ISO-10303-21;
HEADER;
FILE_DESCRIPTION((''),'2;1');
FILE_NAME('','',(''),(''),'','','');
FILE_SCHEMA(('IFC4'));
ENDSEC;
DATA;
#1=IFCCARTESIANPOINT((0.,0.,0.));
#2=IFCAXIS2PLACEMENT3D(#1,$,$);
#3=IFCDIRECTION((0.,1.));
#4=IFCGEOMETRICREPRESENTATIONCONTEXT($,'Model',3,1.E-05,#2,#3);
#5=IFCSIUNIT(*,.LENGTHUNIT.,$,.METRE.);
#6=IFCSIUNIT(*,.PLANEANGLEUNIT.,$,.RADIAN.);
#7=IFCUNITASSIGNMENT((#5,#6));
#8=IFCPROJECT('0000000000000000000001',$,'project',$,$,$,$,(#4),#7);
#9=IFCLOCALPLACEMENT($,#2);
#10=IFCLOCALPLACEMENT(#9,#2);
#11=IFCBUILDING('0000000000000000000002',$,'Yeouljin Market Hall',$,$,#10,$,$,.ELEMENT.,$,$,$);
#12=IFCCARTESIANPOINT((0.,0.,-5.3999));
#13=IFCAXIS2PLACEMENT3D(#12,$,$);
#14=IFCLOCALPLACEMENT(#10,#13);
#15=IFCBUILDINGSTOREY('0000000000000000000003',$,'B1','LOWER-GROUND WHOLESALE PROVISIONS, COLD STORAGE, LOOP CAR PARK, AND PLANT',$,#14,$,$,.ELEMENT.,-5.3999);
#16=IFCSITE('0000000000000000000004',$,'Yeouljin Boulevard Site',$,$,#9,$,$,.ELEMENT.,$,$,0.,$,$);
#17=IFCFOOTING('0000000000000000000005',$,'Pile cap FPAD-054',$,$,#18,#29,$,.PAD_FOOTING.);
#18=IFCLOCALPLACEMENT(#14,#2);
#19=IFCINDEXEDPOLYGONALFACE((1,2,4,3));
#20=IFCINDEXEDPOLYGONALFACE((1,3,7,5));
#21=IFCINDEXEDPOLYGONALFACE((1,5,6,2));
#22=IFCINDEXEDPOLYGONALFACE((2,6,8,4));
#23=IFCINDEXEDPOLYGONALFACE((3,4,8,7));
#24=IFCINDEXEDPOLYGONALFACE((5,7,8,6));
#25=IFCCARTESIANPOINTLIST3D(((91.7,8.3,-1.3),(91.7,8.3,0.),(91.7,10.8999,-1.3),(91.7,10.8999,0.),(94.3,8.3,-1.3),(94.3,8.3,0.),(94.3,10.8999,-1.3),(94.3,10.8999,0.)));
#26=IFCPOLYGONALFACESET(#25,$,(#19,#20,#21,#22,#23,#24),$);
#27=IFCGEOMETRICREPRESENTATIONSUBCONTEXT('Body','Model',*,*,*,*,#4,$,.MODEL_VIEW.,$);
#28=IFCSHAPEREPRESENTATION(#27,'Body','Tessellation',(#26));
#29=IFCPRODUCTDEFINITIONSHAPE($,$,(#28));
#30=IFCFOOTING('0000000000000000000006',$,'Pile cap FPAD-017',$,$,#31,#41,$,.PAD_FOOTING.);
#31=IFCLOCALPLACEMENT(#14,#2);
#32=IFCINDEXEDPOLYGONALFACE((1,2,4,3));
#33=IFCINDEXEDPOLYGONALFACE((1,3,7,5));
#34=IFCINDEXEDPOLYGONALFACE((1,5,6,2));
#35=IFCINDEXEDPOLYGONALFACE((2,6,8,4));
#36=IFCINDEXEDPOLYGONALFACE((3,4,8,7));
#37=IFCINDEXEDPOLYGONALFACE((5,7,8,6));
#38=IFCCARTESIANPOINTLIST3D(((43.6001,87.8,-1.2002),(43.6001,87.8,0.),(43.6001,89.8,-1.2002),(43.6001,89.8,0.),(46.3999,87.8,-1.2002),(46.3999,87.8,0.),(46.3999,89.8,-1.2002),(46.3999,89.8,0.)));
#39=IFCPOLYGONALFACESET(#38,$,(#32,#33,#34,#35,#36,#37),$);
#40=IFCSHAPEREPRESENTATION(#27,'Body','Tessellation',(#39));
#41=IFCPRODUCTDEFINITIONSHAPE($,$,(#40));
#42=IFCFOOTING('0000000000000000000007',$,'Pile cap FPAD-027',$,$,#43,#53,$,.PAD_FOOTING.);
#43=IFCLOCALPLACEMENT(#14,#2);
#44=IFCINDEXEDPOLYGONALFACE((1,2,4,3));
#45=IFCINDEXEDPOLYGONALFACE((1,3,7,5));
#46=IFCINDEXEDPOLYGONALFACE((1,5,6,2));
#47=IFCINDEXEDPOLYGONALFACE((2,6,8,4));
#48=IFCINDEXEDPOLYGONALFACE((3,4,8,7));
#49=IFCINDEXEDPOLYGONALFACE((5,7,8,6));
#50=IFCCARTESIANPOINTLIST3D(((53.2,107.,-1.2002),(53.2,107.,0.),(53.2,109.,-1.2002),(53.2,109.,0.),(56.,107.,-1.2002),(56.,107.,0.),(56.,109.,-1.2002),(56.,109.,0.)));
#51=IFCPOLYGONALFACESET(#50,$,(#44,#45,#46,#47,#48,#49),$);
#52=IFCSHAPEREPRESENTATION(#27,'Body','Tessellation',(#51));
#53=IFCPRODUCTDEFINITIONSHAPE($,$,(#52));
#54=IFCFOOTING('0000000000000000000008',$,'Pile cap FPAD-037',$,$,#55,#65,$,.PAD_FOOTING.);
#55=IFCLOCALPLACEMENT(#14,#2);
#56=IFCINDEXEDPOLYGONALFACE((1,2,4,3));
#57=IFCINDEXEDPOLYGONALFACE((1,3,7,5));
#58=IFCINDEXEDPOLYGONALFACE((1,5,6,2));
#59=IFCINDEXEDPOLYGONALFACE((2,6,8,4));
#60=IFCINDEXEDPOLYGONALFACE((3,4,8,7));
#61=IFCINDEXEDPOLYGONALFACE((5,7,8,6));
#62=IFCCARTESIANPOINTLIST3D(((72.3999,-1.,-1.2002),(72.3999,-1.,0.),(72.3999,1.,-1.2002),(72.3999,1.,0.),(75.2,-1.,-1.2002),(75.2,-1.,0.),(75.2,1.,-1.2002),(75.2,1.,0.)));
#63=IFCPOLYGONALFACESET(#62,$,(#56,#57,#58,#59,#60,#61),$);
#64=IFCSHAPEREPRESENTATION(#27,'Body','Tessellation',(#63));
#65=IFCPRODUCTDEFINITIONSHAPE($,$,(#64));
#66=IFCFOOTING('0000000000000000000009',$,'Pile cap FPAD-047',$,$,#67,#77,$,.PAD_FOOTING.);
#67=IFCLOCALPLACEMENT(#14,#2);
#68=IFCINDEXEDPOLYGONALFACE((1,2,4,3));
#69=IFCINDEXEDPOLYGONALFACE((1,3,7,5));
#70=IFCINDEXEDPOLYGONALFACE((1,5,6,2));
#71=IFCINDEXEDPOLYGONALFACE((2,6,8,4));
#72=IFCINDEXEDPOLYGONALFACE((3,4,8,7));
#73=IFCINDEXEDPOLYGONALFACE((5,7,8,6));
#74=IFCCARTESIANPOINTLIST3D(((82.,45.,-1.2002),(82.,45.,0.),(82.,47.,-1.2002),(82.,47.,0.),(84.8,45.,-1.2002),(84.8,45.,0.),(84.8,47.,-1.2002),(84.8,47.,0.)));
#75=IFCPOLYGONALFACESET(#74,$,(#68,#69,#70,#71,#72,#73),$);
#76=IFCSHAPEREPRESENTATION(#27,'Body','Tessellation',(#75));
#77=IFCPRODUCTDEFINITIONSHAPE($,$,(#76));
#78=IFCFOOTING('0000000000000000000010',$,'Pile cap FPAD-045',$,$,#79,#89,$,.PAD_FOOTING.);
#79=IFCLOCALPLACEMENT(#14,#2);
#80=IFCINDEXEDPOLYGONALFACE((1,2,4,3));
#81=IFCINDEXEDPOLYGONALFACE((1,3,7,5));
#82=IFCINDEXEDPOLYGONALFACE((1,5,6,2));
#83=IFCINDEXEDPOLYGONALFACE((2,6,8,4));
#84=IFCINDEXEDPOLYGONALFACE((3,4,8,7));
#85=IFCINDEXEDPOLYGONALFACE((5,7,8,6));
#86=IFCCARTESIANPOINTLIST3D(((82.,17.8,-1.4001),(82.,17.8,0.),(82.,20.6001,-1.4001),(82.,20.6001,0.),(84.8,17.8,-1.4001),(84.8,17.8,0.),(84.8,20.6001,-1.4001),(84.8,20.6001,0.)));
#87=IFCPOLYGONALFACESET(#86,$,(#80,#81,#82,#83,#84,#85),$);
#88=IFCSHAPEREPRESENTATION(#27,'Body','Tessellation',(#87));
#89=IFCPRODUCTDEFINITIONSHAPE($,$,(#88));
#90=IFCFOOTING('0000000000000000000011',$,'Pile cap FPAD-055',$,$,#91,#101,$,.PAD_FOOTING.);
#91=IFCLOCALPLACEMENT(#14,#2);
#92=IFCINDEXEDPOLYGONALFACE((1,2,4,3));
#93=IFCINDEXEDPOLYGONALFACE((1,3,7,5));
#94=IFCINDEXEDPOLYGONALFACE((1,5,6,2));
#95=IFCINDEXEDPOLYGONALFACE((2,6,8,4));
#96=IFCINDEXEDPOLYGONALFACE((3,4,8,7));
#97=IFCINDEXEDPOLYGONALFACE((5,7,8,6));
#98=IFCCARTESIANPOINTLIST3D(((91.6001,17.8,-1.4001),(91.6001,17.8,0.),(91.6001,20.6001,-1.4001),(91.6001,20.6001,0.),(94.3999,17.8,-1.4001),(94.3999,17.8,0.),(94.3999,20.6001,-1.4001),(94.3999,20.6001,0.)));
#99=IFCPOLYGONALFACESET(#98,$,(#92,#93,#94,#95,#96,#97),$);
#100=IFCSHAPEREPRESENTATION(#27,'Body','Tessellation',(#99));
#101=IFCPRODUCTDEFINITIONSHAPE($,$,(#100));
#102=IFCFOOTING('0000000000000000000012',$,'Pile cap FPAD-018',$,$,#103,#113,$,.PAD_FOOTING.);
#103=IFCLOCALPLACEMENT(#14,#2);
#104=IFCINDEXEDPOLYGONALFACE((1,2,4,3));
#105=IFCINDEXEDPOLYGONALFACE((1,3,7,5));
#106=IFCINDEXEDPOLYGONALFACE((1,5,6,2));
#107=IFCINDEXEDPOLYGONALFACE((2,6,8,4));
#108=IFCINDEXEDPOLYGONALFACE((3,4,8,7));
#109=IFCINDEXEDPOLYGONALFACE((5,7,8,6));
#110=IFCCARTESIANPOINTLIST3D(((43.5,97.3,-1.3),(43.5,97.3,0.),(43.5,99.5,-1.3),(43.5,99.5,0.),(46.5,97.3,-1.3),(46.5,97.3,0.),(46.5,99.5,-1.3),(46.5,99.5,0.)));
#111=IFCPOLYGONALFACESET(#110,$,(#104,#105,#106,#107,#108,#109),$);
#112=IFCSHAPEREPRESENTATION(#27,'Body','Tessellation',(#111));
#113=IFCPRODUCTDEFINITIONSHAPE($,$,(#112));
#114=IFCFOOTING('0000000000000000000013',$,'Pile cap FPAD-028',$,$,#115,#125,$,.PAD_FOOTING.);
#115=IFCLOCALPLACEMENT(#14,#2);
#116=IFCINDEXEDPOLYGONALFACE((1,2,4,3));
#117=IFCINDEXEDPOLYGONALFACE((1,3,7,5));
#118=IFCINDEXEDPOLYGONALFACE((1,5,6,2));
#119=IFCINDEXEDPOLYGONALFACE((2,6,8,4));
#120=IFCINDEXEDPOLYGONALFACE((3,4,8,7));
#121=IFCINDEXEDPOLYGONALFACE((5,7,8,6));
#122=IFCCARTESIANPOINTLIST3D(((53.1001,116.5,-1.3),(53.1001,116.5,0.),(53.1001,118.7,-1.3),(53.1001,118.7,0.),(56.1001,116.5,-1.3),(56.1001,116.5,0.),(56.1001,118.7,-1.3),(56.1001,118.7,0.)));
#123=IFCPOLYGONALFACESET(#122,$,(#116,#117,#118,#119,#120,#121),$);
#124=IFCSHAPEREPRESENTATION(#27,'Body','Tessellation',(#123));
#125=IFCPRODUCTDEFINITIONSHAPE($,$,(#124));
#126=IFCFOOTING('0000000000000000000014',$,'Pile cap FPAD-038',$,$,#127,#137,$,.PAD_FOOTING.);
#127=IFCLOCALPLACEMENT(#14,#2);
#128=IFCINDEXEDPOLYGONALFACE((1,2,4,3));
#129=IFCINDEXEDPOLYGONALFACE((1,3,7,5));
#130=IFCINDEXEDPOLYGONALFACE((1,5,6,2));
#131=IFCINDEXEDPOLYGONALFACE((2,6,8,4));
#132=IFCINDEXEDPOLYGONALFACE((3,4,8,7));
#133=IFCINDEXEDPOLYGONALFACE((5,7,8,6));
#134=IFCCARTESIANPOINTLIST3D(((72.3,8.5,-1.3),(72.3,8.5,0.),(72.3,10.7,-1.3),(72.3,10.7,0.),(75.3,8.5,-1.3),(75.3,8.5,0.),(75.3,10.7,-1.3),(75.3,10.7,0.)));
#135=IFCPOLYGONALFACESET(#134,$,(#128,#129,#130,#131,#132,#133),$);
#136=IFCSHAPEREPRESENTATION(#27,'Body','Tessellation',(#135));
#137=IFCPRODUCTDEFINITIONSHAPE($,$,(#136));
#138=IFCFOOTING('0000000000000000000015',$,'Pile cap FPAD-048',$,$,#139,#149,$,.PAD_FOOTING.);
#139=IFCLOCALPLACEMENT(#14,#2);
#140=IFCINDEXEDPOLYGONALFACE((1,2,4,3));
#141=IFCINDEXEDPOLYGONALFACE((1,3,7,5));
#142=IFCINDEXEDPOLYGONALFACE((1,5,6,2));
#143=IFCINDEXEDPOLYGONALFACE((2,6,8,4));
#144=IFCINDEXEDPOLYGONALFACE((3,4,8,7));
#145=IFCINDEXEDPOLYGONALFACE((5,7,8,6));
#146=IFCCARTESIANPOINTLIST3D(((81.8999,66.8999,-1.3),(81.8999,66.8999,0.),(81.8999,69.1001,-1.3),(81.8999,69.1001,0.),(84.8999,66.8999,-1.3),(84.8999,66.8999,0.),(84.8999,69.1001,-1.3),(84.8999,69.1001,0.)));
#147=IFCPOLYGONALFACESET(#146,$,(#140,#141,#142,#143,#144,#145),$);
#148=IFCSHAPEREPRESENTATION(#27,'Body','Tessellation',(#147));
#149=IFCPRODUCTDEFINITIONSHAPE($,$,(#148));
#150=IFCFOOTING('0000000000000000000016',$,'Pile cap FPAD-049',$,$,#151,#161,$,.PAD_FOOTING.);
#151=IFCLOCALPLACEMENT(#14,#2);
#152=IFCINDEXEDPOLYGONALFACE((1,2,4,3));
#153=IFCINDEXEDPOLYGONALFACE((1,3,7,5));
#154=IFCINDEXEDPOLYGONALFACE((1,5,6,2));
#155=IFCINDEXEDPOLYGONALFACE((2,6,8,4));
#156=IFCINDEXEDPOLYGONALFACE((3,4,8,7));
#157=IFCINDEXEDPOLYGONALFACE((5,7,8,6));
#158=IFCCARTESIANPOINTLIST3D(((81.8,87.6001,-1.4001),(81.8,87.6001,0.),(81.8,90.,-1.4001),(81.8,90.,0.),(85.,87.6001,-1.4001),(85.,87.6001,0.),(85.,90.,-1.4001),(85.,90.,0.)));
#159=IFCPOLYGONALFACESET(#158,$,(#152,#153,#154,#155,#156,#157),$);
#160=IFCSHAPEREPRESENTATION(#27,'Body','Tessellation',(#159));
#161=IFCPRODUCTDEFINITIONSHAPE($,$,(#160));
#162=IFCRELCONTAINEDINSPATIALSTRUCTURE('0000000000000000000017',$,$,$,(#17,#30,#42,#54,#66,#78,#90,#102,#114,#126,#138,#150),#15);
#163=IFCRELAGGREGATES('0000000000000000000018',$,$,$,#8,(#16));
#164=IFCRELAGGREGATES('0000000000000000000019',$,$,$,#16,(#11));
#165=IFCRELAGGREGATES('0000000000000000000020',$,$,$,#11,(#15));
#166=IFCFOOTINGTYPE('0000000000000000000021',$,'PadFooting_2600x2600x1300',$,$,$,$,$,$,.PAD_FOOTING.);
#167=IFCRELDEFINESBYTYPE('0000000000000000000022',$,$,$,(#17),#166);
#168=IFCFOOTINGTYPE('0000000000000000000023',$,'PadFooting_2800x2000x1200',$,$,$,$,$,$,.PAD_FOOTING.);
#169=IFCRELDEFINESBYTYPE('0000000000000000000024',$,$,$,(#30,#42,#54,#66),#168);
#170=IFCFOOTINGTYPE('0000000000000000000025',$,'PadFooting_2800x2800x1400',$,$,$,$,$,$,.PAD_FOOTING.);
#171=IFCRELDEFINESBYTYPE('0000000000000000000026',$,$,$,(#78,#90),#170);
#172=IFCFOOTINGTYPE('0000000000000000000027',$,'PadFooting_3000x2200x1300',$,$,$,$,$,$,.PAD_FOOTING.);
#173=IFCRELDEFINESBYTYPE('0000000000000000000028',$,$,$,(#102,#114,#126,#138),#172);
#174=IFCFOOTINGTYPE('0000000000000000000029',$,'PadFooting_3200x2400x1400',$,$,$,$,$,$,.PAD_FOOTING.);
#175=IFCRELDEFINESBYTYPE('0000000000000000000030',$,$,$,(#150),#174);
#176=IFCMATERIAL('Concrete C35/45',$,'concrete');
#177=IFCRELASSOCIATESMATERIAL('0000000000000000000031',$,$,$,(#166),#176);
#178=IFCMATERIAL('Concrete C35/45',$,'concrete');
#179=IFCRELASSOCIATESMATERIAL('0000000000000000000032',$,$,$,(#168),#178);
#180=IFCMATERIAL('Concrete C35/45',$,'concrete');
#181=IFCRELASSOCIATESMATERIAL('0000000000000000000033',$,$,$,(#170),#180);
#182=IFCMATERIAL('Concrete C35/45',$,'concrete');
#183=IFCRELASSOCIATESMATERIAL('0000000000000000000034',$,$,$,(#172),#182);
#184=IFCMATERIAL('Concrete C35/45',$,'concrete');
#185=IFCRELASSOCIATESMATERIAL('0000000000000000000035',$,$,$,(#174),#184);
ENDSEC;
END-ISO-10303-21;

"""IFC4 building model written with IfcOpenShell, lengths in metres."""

from ifc_helpers import new_model, si_unit, direction, frame, origin, place, context, subcontext, project, spatial, polyline, outline, extrude, material, type_object, element, save


model = new_model("IFC4")

# Units and contexts
model_context = context("Model", 3, precision=1e-05, world=origin(), true_north=direction((0.0, 1.0)))
body_context = subcontext(model_context, "Body", "Model", "MODEL_VIEW")
ifc_project = project(units=[si_unit("LENGTHUNIT", "METRE"), si_unit("PLANEANGLEUNIT", "RADIAN")], contexts=[model_context])

# Site, building, storey
site_placement = place(None, origin())
site = spatial("IfcSite", under=ifc_project, at=site_placement, Name="Yeouljin Boulevard Site", CompositionType="ELEMENT", RefElevation=0.0)
building_placement = place(site_placement, origin())
building = spatial("IfcBuilding", under=site, at=building_placement, Name="Yeouljin Market Hall", CompositionType="ELEMENT")
storey_placement = place(building_placement, frame((0.0, 0.0, -5.3999)))
storey = spatial("IfcBuildingStorey", under=building, at=storey_placement, Name="B1", Description="LOWER-GROUND WHOLESALE PROVISIONS, COLD STORAGE, LOOP CAR PARK, AND PLANT", CompositionType="ELEMENT", Elevation=-5.3999)

# Footings
ifc_material_1 = material(Name="Concrete C35/45", Category="concrete")
footing_type_1 = type_object("IfcFootingType", Name="PadFooting_2600x2600x1300", PredefinedType="PAD_FOOTING", material=ifc_material_1)
footing_1_placement = place(storey_placement, frame((0.0, 0.0, -1.3)))
element("IfcFooting", 1, at=footing_1_placement, inside=storey, type_object=footing_type_1, Name="Pile cap FPAD-054", PredefinedType="PAD_FOOTING", context=body_context, shape_type="SweptSolid", body=[
    extrude(outline(polyline([(91.7, 8.3), (94.3, 8.3), (94.3, 10.8999), (91.7, 10.8999), (91.7, 8.3)])), origin(), (0.0, 0.0, 1.0), 1.3),
])
ifc_material_2 = material(Name="Concrete C35/45", Category="concrete")
footing_type_2 = type_object("IfcFootingType", Name="PadFooting_2800x2000x1200", PredefinedType="PAD_FOOTING", material=ifc_material_2)
footing_2_placement = place(storey_placement, frame((0.0, 0.0, -1.2002)))
element("IfcFooting", 2, at=footing_2_placement, inside=storey, type_object=footing_type_2, Name="Pile cap FPAD-017", PredefinedType="PAD_FOOTING", context=body_context, shape_type="SweptSolid", body=[
    extrude(outline(polyline([(43.6001, 87.8), (46.3999, 87.8), (46.3999, 89.8), (43.6001, 89.8), (43.6001, 87.8)])), origin(), (0.0, 0.0, 1.0), 1.2002),
])
footing_3_placement = place(storey_placement, frame((0.0, 0.0, -1.2002)))
element("IfcFooting", 3, at=footing_3_placement, inside=storey, type_object=footing_type_2, Name="Pile cap FPAD-027", PredefinedType="PAD_FOOTING", context=body_context, shape_type="SweptSolid", body=[
    extrude(outline(polyline([(53.2, 107.0), (56.0, 107.0), (56.0, 109.0), (53.2, 109.0), (53.2, 107.0)])), origin(), (0.0, 0.0, 1.0), 1.2002),
])
footing_4_placement = place(storey_placement, frame((0.0, 0.0, -1.2002)))
element("IfcFooting", 4, at=footing_4_placement, inside=storey, type_object=footing_type_2, Name="Pile cap FPAD-037", PredefinedType="PAD_FOOTING", context=body_context, shape_type="SweptSolid", body=[
    extrude(outline(polyline([(72.3999, -1.0), (75.2, -1.0), (75.2, 1.0), (72.3999, 1.0), (72.3999, -1.0)])), origin(), (0.0, 0.0, 1.0), 1.2002),
])
footing_5_placement = place(storey_placement, frame((0.0, 0.0, -1.2002)))
element("IfcFooting", 5, at=footing_5_placement, inside=storey, type_object=footing_type_2, Name="Pile cap FPAD-047", PredefinedType="PAD_FOOTING", context=body_context, shape_type="SweptSolid", body=[
    extrude(outline(polyline([(82.0, 45.0), (84.8, 45.0), (84.8, 47.0), (82.0, 47.0), (82.0, 45.0)])), origin(), (0.0, 0.0, 1.0), 1.2002),
])
ifc_material_3 = material(Name="Concrete C35/45", Category="concrete")
footing_type_3 = type_object("IfcFootingType", Name="PadFooting_2800x2800x1400", PredefinedType="PAD_FOOTING", material=ifc_material_3)
footing_6_placement = place(storey_placement, frame((0.0, 0.0, -1.4001)))
element("IfcFooting", 6, at=footing_6_placement, inside=storey, type_object=footing_type_3, Name="Pile cap FPAD-045", PredefinedType="PAD_FOOTING", context=body_context, shape_type="SweptSolid", body=[
    extrude(outline(polyline([(82.0, 17.8), (84.8, 17.8), (84.8, 20.6001), (82.0, 20.6001), (82.0, 17.8)])), origin(), (0.0, 0.0, 1.0), 1.4001),
])
footing_7_placement = place(storey_placement, frame((0.0, 0.0, -1.4001)))
element("IfcFooting", 7, at=footing_7_placement, inside=storey, type_object=footing_type_3, Name="Pile cap FPAD-055", PredefinedType="PAD_FOOTING", context=body_context, shape_type="SweptSolid", body=[
    extrude(outline(polyline([(91.6001, 17.8), (94.3999, 17.8), (94.3999, 20.6001), (91.6001, 20.6001), (91.6001, 17.8)])), origin(), (0.0, 0.0, 1.0), 1.4001),
])
ifc_material_4 = material(Name="Concrete C35/45", Category="concrete")
footing_type_4 = type_object("IfcFootingType", Name="PadFooting_3000x2200x1300", PredefinedType="PAD_FOOTING", material=ifc_material_4)
footing_8_placement = place(storey_placement, frame((0.0, 0.0, -1.3)))
element("IfcFooting", 8, at=footing_8_placement, inside=storey, type_object=footing_type_4, Name="Pile cap FPAD-018", PredefinedType="PAD_FOOTING", context=body_context, shape_type="SweptSolid", body=[
    extrude(outline(polyline([(43.5, 97.3), (46.5, 97.3), (46.5, 99.5), (43.5, 99.5), (43.5, 97.3)])), origin(), (0.0, 0.0, 1.0), 1.3),
])
footing_9_placement = place(storey_placement, frame((0.0, 0.0, -1.3)))
element("IfcFooting", 9, at=footing_9_placement, inside=storey, type_object=footing_type_4, Name="Pile cap FPAD-028", PredefinedType="PAD_FOOTING", context=body_context, shape_type="SweptSolid", body=[
    extrude(outline(polyline([(53.1001, 116.5), (56.1001, 116.5), (56.1001, 118.7), (53.1001, 118.7), (53.1001, 116.5)])), origin(), (0.0, 0.0, 1.0), 1.3),
])
footing_10_placement = place(storey_placement, frame((0.0, 0.0, -1.3)))
element("IfcFooting", 10, at=footing_10_placement, inside=storey, type_object=footing_type_4, Name="Pile cap FPAD-038", PredefinedType="PAD_FOOTING", context=body_context, shape_type="SweptSolid", body=[
    extrude(outline(polyline([(72.3, 8.5), (75.3, 8.5), (75.3, 10.7), (72.3, 10.7), (72.3, 8.5)])), origin(), (0.0, 0.0, 1.0), 1.3),
])
footing_11_placement = place(storey_placement, frame((0.0, 0.0, -1.3)))
element("IfcFooting", 11, at=footing_11_placement, inside=storey, type_object=footing_type_4, Name="Pile cap FPAD-048", PredefinedType="PAD_FOOTING", context=body_context, shape_type="SweptSolid", body=[
    extrude(outline(polyline([(81.8999, 66.8999), (84.8999, 66.8999), (84.8999, 69.1001), (81.8999, 69.1001), (81.8999, 66.8999)])), origin(), (0.0, 0.0, 1.0), 1.3),
])
ifc_material_5 = material(Name="Concrete C35/45", Category="concrete")
footing_type_5 = type_object("IfcFootingType", Name="PadFooting_3200x2400x1400", PredefinedType="PAD_FOOTING", material=ifc_material_5)
footing_12_placement = place(storey_placement, frame((0.0, 0.0, -1.4001)))
element("IfcFooting", 12, at=footing_12_placement, inside=storey, type_object=footing_type_5, Name="Pile cap FPAD-049", PredefinedType="PAD_FOOTING", context=body_context, shape_type="SweptSolid", body=[
    extrude(outline(polyline([(81.8, 87.6001), (85.0, 87.6001), (85.0, 90.0), (81.8, 90.0), (81.8, 87.6001)])), origin(), (0.0, 0.0, 1.0), 1.4001),
])

save(model, "model.ifc")
